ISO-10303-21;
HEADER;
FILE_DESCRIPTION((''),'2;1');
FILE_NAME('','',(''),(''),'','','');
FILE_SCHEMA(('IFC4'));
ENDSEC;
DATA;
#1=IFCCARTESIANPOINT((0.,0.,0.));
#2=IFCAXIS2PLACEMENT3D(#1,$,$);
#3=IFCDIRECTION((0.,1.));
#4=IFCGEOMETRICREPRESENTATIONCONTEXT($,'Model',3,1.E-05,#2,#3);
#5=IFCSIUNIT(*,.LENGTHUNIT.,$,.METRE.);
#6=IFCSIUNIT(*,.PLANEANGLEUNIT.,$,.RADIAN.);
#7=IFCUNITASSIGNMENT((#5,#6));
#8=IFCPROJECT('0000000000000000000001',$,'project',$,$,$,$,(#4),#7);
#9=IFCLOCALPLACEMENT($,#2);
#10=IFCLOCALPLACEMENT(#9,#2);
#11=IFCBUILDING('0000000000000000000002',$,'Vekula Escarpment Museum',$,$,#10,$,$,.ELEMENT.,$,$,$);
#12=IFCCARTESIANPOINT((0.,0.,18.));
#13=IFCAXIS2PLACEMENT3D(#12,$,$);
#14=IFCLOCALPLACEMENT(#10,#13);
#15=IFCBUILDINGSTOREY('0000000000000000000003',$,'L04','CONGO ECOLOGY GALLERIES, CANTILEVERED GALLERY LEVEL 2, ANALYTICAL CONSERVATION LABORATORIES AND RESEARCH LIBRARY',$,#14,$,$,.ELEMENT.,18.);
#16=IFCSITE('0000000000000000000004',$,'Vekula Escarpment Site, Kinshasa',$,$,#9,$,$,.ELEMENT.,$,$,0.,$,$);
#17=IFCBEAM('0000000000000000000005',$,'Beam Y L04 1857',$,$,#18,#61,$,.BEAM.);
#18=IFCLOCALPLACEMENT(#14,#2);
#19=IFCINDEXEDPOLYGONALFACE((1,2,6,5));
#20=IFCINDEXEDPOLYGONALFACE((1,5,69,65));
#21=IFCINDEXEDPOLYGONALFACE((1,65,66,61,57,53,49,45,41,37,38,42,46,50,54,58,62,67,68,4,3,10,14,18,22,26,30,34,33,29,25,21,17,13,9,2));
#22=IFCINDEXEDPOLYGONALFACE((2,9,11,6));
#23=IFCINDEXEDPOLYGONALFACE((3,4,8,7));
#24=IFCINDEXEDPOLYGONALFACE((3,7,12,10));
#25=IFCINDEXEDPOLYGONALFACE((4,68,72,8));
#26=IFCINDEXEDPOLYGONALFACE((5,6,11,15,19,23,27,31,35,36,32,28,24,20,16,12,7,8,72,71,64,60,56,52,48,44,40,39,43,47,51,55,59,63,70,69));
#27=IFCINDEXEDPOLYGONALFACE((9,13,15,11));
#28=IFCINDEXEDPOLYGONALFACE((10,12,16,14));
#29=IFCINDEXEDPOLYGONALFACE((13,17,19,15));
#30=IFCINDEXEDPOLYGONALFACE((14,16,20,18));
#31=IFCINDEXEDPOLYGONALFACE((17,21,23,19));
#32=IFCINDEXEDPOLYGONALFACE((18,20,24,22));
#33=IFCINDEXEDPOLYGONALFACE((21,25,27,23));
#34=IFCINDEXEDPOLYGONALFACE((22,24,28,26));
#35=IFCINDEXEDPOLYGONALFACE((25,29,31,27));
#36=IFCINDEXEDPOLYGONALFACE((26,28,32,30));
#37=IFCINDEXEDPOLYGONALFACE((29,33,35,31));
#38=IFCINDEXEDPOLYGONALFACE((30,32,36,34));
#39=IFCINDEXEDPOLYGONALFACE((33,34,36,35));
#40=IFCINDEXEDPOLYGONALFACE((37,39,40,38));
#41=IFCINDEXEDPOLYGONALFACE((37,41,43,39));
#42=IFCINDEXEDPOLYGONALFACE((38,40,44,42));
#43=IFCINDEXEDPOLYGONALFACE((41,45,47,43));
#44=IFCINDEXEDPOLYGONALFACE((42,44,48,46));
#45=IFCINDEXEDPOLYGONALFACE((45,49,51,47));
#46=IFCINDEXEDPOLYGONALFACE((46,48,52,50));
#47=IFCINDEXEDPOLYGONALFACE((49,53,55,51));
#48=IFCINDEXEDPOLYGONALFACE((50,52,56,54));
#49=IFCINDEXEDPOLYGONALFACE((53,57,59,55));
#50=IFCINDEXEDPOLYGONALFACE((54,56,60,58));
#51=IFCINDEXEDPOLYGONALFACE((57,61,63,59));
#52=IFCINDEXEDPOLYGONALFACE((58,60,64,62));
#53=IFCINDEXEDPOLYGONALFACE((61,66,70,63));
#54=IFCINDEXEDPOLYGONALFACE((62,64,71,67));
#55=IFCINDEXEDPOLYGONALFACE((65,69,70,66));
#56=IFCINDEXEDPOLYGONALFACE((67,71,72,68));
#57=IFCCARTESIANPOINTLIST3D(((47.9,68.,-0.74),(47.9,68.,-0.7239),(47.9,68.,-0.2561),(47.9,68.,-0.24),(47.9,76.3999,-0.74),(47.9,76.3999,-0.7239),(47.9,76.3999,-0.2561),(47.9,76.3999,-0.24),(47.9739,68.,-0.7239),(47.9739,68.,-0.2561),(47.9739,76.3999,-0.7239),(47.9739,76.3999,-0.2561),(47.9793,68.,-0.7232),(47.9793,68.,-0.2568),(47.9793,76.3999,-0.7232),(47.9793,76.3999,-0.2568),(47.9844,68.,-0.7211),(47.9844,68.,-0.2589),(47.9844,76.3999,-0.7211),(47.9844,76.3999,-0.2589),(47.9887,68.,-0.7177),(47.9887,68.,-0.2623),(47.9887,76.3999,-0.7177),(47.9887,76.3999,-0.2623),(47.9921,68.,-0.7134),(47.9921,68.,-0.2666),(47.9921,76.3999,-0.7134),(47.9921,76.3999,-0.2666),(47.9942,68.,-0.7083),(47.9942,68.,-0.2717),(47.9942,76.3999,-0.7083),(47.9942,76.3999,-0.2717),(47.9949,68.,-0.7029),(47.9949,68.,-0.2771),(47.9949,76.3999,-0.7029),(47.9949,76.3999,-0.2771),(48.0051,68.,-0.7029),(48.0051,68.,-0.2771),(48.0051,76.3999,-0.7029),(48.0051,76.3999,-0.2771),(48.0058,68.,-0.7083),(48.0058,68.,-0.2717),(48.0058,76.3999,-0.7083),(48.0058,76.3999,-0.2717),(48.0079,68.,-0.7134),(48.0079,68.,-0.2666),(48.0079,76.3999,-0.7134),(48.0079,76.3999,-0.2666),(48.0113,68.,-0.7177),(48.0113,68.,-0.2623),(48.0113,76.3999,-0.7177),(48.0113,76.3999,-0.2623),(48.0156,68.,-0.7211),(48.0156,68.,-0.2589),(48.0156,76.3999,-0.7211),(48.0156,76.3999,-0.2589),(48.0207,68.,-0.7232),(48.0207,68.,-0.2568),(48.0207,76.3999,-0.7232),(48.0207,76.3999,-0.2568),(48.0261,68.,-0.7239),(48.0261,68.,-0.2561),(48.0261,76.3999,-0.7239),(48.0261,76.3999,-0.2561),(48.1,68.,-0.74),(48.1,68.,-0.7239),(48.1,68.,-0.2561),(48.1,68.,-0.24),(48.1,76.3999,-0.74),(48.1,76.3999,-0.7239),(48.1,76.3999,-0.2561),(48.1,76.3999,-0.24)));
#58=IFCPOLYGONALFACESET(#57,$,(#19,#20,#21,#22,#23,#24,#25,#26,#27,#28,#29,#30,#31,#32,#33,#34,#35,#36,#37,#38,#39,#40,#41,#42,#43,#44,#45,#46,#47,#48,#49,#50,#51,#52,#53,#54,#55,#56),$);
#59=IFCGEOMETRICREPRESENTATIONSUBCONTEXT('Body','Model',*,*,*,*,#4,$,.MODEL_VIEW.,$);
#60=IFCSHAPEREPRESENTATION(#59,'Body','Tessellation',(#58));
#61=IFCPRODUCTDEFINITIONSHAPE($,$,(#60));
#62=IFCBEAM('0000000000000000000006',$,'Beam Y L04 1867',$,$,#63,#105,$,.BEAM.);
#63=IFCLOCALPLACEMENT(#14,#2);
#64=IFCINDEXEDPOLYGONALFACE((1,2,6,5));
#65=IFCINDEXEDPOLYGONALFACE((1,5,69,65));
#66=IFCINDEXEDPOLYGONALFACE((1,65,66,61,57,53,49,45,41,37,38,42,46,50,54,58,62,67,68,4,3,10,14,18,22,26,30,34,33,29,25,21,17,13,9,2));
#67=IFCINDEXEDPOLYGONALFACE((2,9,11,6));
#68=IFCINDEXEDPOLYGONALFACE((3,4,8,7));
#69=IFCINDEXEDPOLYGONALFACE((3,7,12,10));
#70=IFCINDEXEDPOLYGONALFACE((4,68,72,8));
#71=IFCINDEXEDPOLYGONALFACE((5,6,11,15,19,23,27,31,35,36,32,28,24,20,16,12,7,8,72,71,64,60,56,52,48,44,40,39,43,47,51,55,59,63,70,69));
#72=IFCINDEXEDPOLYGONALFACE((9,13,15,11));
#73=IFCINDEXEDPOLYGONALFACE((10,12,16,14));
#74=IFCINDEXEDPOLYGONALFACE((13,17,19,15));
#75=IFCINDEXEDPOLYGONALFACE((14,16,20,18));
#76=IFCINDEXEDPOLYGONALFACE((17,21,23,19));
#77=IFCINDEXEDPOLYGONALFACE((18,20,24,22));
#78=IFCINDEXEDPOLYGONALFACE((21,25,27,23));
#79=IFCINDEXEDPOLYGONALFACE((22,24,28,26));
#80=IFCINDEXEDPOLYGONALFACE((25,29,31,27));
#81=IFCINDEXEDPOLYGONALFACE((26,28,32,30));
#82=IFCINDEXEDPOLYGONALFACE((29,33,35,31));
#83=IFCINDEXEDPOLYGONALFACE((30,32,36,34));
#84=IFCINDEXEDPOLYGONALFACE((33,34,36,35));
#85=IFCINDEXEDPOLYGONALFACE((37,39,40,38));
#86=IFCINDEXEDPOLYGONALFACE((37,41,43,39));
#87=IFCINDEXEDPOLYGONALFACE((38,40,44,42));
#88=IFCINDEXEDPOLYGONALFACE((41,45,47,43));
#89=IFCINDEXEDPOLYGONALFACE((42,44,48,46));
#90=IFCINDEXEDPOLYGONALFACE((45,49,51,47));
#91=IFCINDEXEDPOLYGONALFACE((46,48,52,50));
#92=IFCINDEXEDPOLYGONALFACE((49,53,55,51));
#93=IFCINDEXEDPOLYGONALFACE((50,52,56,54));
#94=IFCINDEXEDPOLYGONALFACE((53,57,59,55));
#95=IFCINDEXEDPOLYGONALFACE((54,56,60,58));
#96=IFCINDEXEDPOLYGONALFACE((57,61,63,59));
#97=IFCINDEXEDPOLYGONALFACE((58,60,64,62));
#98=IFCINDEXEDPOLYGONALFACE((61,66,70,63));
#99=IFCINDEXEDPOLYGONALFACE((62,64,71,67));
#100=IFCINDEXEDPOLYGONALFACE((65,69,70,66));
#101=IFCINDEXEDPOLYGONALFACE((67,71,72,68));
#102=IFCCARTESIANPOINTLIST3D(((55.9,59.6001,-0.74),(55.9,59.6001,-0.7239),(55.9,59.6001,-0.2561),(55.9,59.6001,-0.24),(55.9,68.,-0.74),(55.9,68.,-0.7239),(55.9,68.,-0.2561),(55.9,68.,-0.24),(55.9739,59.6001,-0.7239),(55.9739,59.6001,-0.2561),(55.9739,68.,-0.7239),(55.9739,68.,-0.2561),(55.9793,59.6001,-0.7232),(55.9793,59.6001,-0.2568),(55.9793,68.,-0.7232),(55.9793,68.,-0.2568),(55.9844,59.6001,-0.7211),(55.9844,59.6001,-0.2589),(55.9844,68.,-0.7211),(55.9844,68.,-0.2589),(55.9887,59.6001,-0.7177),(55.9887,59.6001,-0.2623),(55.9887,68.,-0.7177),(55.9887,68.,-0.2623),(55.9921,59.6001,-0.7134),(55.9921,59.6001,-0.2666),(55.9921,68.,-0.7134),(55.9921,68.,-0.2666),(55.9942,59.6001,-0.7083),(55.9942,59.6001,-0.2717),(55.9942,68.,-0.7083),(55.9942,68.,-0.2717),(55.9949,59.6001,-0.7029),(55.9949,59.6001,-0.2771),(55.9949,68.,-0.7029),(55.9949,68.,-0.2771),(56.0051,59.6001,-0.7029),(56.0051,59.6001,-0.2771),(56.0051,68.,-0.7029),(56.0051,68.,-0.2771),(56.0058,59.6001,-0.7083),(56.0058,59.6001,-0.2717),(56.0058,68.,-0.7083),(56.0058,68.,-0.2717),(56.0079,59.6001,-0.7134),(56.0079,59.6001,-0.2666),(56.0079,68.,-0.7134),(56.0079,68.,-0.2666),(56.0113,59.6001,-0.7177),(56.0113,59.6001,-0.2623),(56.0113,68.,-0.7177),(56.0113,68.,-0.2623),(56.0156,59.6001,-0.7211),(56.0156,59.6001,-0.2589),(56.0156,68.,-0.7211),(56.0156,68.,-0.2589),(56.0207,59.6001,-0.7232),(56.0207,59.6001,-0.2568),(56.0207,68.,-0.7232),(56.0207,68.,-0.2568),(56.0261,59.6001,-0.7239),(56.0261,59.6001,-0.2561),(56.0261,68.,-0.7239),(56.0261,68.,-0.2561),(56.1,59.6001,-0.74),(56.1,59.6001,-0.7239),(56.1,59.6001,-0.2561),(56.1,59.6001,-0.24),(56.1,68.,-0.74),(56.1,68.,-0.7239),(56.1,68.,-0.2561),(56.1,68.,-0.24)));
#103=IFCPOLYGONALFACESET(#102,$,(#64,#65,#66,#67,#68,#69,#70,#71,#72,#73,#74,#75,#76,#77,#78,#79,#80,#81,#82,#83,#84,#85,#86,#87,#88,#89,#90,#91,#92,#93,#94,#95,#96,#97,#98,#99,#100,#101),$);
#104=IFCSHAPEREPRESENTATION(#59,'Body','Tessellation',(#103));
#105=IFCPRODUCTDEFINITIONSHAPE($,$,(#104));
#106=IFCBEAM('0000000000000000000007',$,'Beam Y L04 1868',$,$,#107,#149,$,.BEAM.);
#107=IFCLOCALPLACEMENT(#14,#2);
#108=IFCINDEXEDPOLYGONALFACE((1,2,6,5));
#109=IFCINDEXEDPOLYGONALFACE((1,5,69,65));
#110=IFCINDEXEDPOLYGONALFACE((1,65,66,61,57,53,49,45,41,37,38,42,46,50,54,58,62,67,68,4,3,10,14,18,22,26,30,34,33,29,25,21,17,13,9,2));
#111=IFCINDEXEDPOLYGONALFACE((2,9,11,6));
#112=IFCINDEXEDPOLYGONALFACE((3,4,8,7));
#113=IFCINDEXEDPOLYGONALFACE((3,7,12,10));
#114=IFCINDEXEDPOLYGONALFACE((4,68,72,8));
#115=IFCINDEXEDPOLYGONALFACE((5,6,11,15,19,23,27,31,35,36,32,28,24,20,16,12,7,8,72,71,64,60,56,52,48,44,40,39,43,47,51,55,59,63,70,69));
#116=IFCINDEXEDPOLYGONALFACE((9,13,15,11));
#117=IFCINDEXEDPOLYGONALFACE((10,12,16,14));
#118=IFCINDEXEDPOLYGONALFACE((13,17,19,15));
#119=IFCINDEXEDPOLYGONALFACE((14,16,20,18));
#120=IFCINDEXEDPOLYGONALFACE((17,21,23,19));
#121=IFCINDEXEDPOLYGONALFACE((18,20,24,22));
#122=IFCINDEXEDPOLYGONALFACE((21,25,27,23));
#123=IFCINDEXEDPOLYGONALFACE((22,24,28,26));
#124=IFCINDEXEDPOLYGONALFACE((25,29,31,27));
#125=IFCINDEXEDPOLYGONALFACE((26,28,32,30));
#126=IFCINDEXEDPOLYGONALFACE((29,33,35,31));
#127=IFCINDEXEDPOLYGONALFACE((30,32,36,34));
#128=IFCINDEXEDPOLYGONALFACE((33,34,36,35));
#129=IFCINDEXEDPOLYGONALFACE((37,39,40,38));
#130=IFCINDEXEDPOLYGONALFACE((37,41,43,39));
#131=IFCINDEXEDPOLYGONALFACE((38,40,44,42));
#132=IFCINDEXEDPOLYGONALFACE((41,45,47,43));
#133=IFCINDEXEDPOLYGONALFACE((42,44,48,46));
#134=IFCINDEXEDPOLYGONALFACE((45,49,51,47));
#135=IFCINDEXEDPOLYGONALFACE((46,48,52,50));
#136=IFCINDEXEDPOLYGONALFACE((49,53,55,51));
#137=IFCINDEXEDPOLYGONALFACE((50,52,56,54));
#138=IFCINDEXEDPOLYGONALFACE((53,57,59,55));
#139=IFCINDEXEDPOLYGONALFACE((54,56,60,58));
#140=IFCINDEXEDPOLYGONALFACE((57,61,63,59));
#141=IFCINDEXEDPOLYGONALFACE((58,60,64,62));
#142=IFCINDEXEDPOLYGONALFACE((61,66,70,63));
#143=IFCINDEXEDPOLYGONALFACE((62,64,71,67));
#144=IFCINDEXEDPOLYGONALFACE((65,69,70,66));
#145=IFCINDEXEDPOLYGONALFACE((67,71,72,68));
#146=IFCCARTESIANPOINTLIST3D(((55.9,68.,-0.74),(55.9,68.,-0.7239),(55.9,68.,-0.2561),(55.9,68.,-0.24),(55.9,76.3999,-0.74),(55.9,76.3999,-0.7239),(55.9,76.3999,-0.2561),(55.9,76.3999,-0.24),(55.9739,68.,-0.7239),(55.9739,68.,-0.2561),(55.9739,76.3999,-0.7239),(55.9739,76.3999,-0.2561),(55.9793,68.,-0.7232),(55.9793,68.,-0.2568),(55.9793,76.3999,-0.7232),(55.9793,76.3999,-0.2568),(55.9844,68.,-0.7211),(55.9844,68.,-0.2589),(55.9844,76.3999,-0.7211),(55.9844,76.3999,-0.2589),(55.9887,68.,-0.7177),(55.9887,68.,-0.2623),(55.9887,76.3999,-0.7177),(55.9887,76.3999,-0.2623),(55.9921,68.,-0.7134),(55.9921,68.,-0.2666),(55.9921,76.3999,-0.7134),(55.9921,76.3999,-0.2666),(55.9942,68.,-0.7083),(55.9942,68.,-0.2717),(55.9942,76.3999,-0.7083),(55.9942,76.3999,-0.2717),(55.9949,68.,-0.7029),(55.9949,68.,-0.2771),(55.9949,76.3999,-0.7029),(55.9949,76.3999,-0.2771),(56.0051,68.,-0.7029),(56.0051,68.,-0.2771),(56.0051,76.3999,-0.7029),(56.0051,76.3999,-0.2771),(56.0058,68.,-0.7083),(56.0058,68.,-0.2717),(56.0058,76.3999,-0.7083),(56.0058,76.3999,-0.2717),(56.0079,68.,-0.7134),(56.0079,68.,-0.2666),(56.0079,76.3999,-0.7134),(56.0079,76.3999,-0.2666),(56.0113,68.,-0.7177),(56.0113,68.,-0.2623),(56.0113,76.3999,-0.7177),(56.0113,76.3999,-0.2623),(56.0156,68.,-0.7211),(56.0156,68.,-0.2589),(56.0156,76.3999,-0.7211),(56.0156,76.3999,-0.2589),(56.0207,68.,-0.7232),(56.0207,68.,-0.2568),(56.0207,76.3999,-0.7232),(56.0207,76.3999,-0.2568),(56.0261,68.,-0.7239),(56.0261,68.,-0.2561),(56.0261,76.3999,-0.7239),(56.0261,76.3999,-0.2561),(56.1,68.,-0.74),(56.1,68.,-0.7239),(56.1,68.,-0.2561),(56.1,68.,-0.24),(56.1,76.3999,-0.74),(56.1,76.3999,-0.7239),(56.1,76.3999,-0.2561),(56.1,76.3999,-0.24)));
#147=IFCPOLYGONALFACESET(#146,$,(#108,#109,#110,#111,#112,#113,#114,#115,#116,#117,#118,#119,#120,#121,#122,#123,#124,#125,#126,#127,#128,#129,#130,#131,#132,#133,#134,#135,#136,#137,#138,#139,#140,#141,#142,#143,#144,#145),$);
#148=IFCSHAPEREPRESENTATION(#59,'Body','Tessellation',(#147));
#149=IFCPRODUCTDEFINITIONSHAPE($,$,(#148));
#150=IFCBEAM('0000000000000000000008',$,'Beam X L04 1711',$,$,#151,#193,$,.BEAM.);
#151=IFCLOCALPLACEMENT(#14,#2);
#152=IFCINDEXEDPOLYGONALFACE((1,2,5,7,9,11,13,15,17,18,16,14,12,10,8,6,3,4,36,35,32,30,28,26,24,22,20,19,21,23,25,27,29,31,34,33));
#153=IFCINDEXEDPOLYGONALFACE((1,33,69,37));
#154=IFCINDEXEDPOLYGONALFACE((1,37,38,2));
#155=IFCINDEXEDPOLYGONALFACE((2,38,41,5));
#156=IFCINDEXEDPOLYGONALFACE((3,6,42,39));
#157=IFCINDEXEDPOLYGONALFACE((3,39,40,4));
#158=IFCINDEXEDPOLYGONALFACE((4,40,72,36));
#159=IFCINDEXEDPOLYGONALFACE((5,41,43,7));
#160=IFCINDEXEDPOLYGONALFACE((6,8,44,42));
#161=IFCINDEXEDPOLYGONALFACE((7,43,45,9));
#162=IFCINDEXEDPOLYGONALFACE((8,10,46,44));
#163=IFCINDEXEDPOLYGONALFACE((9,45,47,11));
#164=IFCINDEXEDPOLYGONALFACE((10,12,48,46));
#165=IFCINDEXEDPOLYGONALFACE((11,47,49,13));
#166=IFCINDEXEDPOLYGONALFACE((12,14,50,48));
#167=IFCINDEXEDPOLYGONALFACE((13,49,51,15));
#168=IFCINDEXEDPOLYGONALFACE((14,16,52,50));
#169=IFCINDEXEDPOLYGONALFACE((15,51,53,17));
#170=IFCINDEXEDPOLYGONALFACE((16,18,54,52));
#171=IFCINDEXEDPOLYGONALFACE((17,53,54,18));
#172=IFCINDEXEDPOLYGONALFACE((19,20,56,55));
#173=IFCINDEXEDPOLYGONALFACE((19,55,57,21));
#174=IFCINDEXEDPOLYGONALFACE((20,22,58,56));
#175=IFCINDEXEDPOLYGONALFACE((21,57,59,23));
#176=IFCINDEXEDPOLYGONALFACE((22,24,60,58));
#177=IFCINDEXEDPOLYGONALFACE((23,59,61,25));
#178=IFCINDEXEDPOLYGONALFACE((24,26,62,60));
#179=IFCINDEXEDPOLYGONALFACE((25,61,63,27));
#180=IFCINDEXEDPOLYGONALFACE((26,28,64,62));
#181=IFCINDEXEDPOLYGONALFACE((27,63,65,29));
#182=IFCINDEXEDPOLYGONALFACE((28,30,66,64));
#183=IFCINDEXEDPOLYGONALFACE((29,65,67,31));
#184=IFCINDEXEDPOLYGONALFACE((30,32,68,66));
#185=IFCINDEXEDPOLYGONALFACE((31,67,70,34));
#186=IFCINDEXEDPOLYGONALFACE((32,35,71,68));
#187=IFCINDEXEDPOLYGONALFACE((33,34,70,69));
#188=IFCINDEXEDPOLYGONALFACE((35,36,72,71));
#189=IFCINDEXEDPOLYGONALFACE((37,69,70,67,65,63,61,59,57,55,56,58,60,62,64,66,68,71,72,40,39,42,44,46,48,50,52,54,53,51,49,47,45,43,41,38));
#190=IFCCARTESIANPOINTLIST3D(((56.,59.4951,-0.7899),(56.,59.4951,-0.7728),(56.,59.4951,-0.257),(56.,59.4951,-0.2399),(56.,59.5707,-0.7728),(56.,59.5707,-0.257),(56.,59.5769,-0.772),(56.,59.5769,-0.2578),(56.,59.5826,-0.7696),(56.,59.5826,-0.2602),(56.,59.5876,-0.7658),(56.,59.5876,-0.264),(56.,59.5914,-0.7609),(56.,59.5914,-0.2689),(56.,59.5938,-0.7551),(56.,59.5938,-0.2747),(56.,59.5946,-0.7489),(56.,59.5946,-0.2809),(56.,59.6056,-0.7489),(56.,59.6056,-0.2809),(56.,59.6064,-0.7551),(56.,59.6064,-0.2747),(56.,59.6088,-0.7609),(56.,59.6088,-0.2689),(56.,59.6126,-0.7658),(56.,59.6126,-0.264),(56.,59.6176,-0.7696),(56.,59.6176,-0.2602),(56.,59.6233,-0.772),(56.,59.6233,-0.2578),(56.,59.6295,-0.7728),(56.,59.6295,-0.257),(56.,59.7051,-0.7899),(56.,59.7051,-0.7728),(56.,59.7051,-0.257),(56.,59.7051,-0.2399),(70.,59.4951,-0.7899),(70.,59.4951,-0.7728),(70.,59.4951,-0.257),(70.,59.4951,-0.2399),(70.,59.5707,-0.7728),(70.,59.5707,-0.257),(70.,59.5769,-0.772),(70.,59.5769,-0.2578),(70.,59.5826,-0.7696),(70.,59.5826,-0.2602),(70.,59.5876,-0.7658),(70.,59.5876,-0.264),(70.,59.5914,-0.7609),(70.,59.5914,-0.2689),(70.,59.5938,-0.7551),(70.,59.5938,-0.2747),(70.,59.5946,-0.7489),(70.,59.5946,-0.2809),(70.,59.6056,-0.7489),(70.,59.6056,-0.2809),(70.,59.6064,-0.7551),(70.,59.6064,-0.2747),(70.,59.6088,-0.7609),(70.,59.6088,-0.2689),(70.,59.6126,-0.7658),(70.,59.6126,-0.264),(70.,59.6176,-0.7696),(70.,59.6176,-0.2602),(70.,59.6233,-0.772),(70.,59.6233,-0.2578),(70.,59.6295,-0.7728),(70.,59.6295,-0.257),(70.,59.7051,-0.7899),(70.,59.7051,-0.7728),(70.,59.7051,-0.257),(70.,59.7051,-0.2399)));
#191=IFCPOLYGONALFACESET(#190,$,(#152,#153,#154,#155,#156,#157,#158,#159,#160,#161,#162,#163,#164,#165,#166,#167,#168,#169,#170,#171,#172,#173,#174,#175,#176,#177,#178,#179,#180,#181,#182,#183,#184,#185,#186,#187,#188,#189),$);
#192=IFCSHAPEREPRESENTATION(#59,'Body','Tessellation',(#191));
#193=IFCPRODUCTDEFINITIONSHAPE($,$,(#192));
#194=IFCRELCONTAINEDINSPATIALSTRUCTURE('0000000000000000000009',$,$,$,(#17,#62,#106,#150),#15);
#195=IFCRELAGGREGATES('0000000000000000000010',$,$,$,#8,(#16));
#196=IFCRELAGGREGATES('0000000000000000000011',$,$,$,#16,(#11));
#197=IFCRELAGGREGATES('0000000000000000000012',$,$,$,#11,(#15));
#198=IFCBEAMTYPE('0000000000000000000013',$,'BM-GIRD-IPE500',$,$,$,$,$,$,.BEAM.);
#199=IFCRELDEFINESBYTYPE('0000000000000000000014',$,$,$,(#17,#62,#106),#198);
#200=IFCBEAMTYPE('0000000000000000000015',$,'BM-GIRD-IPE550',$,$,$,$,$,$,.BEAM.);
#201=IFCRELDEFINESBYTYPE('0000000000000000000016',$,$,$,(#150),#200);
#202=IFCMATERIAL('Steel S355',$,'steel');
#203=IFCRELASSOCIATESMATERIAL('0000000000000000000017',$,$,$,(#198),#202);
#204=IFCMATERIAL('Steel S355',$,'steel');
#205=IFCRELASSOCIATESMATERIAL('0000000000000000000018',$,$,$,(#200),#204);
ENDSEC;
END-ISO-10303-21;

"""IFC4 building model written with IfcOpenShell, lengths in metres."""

from ifc_helpers import new_model, si_unit, direction, frame, origin, origin_2d, place, context, subcontext, project, spatial, i_section, extrude, material, material_profile, profile_set, type_object, element, save


model = new_model("IFC4")

# Units and contexts
model_context = context("Model", 3, precision=1e-05, world=origin(), true_north=direction((0.0, 1.0)))
body_context = subcontext(model_context, "Body", "Model", "MODEL_VIEW")
ifc_project = project(units=[si_unit("LENGTHUNIT", "METRE"), si_unit("PLANEANGLEUNIT", "RADIAN")], contexts=[model_context])

# Site, building, storey
site_placement = place(None, origin())
site = spatial("IfcSite", under=ifc_project, at=site_placement, Name="Vekula Escarpment Site, Kinshasa", CompositionType="ELEMENT", RefElevation=0.0)
building_placement = place(site_placement, origin())
building = spatial("IfcBuilding", under=site, at=building_placement, Name="Vekula Escarpment Museum", CompositionType="ELEMENT")
storey_placement = place(building_placement, frame((0.0, 0.0, 18.0)))
storey = spatial("IfcBuildingStorey", under=building, at=storey_placement, Name="L04", Description="CONGO ECOLOGY GALLERIES, CANTILEVERED GALLERY LEVEL 2, ANALYTICAL CONSERVATION LABORATORIES AND RESEARCH LIBRARY", CompositionType="ELEMENT", Elevation=18.0)

# Beams
ifc_material_1 = material(Name="Steel S355", Category="steel")
ifc_material_profile_1 = material_profile(ifc_material_1, i_section(OverallWidth=0.2, OverallDepth=0.5, WebThickness=0.0103, FlangeThickness=0.0161, FilletRadius=0.021, at=origin_2d()), Name="IPE 500")
ifc_profile_set_1 = profile_set([ifc_material_profile_1], Name="Steel S355")
beam_type_1 = type_object("IfcBeamType", Name="BM-GIRD-IPE500", PredefinedType="BEAM", material=ifc_profile_set_1)
for number, where, z_axis, x_axis, name in (
    (1, (48.0, 68.0, -0.49), (0.0, 1.0, 0.0), (-1.0, 0.0, 0.0), "Beam Y L04 1857"),
    (2, (56.0, 59.6001, -0.49), (0.0, 1.0, 0.0), (-1.0, 0.0, 0.0), "Beam Y L04 1867"),
    (3, (56.0, 68.0, -0.49), (0.0, 1.0, 0.0), (-1.0, 0.0, 0.0), "Beam Y L04 1868"),
):
    element("IfcBeam", number, at=place(storey_placement, frame(where, z_axis=z_axis, x_axis=x_axis)), inside=storey, type_object=beam_type_1, Name=name, PredefinedType="BEAM", context=body_context, shape_type="SweptSolid", body=[
        extrude(i_section(OverallWidth=0.2, OverallDepth=0.5, WebThickness=0.0103, FlangeThickness=0.0161, FilletRadius=0.021, at=origin_2d()), origin(), (0.0, 0.0, 1.0), 8.3999),
    ])
ifc_material_2 = material(Name="Steel S355", Category="steel")
ifc_material_profile_2 = material_profile(ifc_material_2, i_section(OverallWidth=0.21, OverallDepth=0.55, WebThickness=0.011, FlangeThickness=0.0171, FilletRadius=0.0239, at=origin_2d()), Name="IPE 550")
ifc_profile_set_2 = profile_set([ifc_material_profile_2], Name="Steel S355")
beam_type_2 = type_object("IfcBeamType", Name="BM-GIRD-IPE550", PredefinedType="BEAM", material=ifc_profile_set_2)
for number, where, z_axis, x_axis, name in (
    (4, (56.0, 59.6001, -0.5149), (1.0, 0.0, 0.0), (0.0, 1.0, 0.0), "Beam X L04 1711"),
):
    element("IfcBeam", number, at=place(storey_placement, frame(where, z_axis=z_axis, x_axis=x_axis)), inside=storey, type_object=beam_type_2, Name=name, PredefinedType="BEAM", context=body_context, shape_type="SweptSolid", body=[
        extrude(i_section(OverallWidth=0.21, OverallDepth=0.55, WebThickness=0.011, FlangeThickness=0.0171, FilletRadius=0.0239, at=origin_2d()), origin(), (0.0, 0.0, 1.0), 14.0),
    ])

save(model, "model.ifc")
